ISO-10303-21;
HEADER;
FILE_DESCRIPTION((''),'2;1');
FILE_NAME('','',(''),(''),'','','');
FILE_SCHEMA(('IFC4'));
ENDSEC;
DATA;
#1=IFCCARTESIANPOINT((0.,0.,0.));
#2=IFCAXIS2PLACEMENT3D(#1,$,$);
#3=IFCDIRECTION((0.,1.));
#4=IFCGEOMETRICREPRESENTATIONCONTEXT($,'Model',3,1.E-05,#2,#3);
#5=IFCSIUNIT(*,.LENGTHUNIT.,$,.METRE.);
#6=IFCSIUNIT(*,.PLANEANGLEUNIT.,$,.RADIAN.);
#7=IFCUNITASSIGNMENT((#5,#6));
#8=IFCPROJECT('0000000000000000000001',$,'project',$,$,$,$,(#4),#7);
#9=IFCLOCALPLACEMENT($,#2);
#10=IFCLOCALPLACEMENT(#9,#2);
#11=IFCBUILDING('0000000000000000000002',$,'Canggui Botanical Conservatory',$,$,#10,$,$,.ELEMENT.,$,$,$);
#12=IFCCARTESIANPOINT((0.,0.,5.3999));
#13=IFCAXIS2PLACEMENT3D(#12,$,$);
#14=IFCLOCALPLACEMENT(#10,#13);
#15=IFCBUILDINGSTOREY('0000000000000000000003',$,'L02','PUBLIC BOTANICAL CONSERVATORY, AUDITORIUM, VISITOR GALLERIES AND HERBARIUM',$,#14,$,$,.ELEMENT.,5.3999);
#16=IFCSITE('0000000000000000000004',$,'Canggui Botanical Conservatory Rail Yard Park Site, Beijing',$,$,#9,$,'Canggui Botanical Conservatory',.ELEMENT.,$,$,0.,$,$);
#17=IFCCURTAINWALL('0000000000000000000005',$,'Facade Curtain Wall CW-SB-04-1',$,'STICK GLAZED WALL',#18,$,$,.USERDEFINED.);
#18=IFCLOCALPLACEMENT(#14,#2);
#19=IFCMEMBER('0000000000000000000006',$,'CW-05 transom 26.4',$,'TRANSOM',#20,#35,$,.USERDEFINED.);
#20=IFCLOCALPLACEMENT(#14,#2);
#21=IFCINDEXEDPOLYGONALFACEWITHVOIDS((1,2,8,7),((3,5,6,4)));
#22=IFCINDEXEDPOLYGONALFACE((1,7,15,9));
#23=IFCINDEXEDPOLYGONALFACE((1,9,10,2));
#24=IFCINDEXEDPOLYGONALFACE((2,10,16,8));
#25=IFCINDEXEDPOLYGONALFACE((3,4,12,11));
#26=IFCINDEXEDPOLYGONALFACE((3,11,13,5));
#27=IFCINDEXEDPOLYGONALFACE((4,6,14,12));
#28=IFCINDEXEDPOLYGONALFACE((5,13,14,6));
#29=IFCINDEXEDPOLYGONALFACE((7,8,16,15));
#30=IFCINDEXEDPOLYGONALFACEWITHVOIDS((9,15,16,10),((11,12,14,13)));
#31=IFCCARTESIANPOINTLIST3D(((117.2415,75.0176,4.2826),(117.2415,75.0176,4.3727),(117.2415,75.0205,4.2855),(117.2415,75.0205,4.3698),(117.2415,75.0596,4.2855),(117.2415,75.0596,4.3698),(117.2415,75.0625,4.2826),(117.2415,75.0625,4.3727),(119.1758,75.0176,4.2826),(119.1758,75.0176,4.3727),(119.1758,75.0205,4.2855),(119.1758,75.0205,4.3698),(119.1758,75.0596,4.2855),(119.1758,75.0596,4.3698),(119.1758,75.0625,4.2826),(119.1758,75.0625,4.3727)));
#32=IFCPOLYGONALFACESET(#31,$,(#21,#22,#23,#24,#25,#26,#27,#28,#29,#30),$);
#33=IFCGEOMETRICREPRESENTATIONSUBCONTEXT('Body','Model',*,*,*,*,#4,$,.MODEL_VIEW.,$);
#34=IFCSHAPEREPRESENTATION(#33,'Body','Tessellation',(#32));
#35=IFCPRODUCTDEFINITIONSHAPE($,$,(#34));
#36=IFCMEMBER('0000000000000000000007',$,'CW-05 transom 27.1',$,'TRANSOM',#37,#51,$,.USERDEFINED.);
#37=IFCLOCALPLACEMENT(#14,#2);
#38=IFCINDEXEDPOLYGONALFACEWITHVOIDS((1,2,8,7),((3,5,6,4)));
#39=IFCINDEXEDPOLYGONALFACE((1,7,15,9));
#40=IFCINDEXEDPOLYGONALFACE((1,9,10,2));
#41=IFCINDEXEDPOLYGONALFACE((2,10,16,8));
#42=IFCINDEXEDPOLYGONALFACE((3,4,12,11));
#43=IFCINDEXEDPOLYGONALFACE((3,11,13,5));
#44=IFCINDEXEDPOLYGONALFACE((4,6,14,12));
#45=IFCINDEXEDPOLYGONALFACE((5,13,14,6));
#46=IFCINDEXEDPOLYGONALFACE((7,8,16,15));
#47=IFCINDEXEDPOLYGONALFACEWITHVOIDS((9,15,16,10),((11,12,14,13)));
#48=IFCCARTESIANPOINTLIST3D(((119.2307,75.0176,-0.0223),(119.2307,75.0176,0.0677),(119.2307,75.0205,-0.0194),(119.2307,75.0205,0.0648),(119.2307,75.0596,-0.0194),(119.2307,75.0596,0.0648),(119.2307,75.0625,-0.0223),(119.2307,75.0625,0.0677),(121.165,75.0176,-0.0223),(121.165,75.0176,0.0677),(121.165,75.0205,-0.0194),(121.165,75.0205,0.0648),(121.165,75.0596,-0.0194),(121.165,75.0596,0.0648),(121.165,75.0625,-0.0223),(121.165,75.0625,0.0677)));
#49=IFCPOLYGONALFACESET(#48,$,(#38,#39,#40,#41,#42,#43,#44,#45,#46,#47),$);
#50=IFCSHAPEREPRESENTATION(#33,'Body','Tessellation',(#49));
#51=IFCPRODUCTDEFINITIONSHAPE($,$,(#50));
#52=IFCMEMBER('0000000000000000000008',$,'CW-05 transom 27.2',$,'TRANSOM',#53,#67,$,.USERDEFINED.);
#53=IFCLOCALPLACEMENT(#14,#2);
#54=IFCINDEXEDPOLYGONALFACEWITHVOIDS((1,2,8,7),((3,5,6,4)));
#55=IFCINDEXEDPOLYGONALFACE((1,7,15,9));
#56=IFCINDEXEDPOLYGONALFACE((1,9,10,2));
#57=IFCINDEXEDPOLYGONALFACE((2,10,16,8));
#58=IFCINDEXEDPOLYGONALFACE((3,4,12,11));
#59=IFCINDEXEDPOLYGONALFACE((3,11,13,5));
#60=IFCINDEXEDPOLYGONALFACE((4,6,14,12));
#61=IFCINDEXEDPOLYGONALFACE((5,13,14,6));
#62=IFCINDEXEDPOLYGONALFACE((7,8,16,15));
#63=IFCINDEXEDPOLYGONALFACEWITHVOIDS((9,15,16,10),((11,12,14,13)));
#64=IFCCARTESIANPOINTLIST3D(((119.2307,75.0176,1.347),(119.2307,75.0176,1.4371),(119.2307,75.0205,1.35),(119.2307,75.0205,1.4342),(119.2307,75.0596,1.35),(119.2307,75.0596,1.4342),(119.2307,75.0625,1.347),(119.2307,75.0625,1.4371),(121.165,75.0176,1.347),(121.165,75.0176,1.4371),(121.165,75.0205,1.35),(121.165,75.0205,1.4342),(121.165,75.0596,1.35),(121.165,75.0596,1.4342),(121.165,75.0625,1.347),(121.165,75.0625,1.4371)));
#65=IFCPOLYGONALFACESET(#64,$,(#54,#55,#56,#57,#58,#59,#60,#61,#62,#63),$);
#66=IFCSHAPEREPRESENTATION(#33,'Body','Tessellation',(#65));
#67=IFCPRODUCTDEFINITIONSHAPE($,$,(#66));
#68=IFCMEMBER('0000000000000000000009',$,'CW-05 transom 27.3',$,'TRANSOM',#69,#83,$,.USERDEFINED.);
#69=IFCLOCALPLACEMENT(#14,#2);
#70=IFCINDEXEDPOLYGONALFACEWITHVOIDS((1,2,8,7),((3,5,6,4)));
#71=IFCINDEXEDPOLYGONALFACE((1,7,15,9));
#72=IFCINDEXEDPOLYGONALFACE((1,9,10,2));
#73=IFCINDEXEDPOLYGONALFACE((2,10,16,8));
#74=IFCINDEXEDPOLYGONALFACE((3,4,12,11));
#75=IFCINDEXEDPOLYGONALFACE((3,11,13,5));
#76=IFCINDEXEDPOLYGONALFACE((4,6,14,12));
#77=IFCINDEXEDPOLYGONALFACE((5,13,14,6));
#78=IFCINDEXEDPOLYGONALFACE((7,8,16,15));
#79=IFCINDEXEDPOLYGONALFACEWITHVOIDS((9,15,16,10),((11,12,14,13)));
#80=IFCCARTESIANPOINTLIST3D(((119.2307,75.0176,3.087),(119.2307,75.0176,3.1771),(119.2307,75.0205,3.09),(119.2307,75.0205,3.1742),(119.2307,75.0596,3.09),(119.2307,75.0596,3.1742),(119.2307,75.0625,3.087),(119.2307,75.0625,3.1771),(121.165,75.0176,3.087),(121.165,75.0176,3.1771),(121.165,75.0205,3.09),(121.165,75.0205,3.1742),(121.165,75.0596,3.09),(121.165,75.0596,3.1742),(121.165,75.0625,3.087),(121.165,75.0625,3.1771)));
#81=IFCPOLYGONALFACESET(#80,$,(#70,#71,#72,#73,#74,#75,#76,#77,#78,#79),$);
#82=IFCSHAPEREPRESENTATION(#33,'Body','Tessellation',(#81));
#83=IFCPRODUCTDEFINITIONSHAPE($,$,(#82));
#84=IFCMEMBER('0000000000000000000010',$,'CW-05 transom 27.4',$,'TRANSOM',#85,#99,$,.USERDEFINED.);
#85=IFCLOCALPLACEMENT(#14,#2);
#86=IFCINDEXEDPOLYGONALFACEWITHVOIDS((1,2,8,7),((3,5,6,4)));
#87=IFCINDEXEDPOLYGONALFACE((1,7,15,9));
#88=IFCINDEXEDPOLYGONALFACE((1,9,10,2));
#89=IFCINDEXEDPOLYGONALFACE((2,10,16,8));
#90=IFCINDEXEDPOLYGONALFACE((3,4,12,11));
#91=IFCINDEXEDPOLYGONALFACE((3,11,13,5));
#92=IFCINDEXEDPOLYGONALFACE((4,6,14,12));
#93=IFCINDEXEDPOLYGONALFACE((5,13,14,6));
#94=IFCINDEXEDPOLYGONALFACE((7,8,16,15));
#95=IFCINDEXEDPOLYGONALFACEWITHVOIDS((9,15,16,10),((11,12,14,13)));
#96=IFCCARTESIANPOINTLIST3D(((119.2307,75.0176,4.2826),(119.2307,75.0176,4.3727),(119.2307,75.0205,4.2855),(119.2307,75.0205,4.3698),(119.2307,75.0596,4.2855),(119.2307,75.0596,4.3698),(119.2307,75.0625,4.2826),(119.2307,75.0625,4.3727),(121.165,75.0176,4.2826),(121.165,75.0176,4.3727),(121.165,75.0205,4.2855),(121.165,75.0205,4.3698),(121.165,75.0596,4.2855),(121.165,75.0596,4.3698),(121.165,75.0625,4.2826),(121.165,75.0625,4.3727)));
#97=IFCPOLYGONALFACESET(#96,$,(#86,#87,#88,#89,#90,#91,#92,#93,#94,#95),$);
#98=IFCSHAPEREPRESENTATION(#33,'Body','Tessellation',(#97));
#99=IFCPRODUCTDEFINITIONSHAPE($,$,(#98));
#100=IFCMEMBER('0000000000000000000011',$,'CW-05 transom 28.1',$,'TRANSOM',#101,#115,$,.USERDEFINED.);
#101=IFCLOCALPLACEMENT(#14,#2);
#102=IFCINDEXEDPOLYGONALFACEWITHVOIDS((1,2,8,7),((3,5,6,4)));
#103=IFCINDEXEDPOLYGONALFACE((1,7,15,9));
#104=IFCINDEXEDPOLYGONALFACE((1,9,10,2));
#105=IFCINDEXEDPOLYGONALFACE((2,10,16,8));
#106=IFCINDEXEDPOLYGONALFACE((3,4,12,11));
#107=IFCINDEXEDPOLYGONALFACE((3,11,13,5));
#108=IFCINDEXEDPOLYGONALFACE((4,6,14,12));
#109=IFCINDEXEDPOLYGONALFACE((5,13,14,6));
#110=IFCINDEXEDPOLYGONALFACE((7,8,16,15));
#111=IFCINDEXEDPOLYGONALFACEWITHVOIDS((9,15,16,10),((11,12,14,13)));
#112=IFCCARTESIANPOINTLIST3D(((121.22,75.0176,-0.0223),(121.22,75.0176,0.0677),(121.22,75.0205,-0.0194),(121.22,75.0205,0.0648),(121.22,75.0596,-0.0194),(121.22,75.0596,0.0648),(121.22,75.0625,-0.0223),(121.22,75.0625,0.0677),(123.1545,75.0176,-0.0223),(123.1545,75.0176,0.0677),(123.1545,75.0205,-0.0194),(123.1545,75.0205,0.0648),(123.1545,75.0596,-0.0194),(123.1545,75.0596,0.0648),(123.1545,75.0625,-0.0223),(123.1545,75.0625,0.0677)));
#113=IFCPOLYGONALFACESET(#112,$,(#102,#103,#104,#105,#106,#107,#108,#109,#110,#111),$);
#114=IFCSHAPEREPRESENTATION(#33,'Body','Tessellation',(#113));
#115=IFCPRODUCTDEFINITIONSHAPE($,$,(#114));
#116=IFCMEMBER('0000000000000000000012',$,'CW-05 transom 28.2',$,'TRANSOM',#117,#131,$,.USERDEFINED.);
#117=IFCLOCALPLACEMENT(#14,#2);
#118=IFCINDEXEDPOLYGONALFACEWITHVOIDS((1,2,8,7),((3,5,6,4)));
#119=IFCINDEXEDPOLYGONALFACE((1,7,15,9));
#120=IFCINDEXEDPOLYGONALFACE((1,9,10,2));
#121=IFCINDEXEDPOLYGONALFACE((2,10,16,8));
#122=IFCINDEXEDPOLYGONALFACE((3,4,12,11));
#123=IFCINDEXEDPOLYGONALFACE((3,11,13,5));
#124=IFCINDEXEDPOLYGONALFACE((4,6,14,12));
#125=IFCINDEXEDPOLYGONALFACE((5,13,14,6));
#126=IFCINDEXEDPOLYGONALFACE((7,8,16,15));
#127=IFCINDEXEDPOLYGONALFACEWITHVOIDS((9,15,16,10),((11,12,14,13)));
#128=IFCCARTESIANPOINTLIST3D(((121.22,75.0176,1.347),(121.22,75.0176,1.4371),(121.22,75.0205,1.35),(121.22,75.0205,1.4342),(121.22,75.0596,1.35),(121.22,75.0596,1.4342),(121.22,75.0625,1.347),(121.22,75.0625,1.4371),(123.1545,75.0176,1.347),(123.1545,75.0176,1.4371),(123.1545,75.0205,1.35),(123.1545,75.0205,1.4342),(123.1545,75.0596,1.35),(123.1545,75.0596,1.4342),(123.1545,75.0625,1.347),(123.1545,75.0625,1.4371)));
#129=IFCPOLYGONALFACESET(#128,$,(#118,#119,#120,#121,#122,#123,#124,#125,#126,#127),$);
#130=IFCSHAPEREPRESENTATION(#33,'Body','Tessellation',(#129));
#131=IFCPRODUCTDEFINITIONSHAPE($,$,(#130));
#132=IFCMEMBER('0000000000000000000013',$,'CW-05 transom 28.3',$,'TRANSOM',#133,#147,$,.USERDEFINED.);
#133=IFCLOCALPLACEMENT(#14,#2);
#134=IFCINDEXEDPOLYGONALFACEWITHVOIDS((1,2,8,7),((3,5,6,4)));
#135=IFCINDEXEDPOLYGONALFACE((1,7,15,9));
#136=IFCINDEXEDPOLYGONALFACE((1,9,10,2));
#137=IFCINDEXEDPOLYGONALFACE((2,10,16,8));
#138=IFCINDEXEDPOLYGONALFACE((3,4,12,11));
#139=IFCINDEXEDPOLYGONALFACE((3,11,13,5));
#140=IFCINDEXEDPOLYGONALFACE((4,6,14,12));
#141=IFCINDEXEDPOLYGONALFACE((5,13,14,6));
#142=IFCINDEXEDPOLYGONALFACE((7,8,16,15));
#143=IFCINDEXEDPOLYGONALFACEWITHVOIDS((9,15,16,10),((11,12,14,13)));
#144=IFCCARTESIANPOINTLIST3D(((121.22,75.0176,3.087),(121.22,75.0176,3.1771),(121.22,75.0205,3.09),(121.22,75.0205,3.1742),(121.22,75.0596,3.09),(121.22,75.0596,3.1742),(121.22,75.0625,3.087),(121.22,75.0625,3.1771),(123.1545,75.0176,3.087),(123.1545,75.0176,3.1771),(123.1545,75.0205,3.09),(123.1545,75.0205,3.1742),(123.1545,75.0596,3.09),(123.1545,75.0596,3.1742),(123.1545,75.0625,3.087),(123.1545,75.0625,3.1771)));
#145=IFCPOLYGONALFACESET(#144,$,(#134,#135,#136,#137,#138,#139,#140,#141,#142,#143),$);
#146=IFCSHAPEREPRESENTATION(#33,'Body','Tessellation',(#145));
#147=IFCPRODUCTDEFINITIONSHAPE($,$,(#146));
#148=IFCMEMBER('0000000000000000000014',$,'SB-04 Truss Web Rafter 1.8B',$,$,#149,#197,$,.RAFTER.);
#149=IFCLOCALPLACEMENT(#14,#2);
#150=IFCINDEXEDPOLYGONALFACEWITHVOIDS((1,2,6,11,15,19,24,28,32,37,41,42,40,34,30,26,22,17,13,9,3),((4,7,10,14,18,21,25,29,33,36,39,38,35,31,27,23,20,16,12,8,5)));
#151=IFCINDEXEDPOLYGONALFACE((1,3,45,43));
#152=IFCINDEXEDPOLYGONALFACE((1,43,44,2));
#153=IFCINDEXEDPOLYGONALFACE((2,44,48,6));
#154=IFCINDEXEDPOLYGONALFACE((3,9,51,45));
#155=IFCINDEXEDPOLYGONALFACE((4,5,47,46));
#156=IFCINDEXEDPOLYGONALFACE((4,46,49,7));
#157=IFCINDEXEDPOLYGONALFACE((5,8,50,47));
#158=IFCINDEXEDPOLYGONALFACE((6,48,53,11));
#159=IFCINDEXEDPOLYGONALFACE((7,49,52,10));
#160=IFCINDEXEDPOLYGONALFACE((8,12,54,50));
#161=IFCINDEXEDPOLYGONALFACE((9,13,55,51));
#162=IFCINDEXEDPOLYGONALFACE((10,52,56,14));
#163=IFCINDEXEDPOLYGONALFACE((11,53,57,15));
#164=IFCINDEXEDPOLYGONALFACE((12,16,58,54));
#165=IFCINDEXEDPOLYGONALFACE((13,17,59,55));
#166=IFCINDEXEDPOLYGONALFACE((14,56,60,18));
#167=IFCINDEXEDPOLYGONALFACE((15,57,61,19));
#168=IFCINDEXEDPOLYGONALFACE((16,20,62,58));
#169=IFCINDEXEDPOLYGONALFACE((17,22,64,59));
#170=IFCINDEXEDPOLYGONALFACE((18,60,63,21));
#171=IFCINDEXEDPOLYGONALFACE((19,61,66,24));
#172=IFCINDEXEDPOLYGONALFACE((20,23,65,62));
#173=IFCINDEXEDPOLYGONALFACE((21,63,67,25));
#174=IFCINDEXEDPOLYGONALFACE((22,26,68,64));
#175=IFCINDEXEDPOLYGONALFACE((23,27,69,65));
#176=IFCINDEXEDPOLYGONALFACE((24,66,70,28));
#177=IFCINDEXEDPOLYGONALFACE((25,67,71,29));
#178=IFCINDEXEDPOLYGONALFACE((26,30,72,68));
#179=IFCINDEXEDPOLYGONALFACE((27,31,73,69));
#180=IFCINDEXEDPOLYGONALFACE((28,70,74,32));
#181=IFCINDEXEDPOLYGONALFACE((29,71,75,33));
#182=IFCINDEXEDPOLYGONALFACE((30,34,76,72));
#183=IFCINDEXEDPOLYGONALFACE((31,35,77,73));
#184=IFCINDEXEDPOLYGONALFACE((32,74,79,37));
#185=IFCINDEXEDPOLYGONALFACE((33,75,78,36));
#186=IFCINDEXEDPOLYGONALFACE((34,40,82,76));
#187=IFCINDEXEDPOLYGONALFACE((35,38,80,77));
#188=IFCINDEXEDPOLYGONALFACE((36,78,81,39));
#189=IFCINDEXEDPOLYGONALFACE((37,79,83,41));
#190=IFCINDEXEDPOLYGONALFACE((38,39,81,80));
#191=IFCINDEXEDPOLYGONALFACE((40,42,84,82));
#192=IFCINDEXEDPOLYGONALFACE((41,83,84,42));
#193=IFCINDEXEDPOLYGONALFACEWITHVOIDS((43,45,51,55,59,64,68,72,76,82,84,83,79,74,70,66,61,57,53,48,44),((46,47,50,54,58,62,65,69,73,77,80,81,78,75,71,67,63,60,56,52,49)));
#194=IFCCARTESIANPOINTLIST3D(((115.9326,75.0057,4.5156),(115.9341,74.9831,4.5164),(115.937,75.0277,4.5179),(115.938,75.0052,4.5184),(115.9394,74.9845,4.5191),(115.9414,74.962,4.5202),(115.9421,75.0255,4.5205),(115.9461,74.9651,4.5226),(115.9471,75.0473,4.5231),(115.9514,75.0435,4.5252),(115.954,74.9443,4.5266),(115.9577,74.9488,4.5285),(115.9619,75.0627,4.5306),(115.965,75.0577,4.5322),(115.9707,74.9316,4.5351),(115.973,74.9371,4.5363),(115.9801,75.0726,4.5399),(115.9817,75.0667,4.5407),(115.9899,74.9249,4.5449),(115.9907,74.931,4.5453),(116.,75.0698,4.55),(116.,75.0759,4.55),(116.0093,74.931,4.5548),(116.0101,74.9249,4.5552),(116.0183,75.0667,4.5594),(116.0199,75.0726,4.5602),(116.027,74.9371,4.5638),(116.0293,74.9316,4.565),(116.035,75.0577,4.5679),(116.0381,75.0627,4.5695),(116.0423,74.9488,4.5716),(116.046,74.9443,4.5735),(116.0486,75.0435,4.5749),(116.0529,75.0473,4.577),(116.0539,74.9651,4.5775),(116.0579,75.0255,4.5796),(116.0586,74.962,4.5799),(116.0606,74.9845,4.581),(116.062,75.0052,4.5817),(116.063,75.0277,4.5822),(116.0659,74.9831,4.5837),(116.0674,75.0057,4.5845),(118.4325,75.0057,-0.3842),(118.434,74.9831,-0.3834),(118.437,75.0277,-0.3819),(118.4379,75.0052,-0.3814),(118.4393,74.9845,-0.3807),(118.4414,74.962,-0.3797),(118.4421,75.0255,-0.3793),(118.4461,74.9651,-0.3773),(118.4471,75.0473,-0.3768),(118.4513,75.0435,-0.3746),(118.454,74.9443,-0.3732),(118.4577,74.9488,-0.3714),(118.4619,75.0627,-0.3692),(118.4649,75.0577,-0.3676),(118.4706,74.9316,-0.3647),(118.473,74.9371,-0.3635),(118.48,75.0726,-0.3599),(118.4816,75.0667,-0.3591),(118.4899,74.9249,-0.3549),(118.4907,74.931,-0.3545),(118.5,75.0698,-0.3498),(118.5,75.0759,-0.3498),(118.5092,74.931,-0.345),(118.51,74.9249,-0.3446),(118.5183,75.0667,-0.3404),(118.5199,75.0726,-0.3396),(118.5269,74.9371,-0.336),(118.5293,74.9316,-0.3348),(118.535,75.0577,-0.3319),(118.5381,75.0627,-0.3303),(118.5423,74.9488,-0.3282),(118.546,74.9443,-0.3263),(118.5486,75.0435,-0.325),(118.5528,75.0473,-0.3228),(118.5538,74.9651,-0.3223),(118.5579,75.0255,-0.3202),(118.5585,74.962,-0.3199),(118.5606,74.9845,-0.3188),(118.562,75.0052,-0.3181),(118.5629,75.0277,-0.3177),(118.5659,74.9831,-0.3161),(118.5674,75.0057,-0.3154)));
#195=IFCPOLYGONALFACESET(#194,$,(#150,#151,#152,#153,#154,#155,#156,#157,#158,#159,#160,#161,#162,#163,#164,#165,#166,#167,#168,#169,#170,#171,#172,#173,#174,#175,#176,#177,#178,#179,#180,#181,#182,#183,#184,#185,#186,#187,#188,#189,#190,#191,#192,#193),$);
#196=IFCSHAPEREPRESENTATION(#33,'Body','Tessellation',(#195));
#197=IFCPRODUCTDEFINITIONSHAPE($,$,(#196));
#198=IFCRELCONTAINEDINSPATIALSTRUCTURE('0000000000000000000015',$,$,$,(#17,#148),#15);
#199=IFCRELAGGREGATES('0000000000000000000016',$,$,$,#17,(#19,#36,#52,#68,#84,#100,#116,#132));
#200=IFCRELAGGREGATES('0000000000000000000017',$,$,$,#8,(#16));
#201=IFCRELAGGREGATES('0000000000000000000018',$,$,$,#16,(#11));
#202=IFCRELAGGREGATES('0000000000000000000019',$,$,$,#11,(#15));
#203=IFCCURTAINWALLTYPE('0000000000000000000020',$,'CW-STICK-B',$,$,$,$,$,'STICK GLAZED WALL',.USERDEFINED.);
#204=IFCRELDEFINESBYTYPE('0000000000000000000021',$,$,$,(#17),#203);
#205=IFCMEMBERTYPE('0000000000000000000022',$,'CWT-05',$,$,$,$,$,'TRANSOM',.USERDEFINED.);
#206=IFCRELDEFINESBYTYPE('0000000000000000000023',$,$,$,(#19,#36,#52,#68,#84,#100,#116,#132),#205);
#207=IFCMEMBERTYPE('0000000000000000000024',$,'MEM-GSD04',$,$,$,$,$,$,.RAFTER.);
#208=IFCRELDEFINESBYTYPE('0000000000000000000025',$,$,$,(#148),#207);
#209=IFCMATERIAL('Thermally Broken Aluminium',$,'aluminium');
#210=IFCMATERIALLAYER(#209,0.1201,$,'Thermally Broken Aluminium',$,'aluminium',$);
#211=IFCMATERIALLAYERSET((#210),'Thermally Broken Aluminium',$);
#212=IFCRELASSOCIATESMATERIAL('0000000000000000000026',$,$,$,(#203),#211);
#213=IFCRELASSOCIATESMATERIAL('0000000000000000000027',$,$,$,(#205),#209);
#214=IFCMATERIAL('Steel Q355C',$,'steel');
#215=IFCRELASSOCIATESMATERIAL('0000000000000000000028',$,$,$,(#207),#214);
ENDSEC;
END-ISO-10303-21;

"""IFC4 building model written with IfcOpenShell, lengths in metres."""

from ifc_helpers import new_model, si_unit, direction, frame, origin, origin_2d, place, context, subcontext, project, spatial, hollow_rectangle, hollow_circle, extrude, material, layer, layer_set, material_profile, profile_set, type_object, element, aggregate, save


model = new_model("IFC4")

# Units and contexts
model_context = context("Model", 3, precision=1e-05, world=origin(), true_north=direction((0.0, 1.0)))
body_context = subcontext(model_context, "Body", "Model", "MODEL_VIEW")
ifc_project = project(units=[si_unit("LENGTHUNIT", "METRE"), si_unit("PLANEANGLEUNIT", "RADIAN")], contexts=[model_context])

# Site, building, storey
site_placement = place(None, origin())
site = spatial("IfcSite", under=ifc_project, at=site_placement, Name="Canggui Botanical Conservatory Rail Yard Park Site, Beijing", LongName="Canggui Botanical Conservatory", CompositionType="ELEMENT", RefElevation=0.0)
building_placement = place(site_placement, origin())
building = spatial("IfcBuilding", under=site, at=building_placement, Name="Canggui Botanical Conservatory", CompositionType="ELEMENT")
storey_placement = place(building_placement, frame((0.0, 0.0, 5.3999)))
storey = spatial("IfcBuildingStorey", under=building, at=storey_placement, Name="L02", Description="PUBLIC BOTANICAL CONSERVATORY, AUDITORIUM, VISITOR GALLERIES AND HERBARIUM", CompositionType="ELEMENT", Elevation=5.3999)

# Curtain wall, members
ifc_material_1 = material(Name="Thermally Broken Aluminium", Category="aluminium")
ifc_layer_1 = layer(ifc_material_1, 0.1201, Name="Thermally Broken Aluminium", Category="aluminium")
ifc_layer_set_1 = layer_set([ifc_layer_1], Name="Thermally Broken Aluminium")
curtain_wall_type = type_object("IfcCurtainWallType", Name="CW-STICK-B", ElementType="STICK GLAZED WALL", PredefinedType="USERDEFINED", material=ifc_layer_set_1)
curtain_wall_placement = place(storey_placement, origin())
curtain_wall = element("IfcCurtainWall", 1, at=curtain_wall_placement, inside=storey, type_object=curtain_wall_type, Name="Facade Curtain Wall CW-SB-04-1", ObjectType="STICK GLAZED WALL", PredefinedType="USERDEFINED")
ifc_material_profile_1 = material_profile(ifc_material_1, hollow_rectangle(XDim=0.0449, YDim=0.0901, WallThickness=0.0029, at=origin_2d()), Name="CWT 45x90x3")
ifc_profile_set_1 = profile_set([ifc_material_profile_1], Name="Thermally Broken Aluminium")
member_type_1 = type_object("IfcMemberType", Name="CWT-05", ElementType="TRANSOM", PredefinedType="USERDEFINED", material=ifc_profile_set_1)
member_1_placement = place(storey_placement, frame((117.2415, 75.04, 4.3276), z_axis=(1.0, 0.0, 0.0), x_axis=(0.0, 1.0, 0.0)))
member_1 = element("IfcMember", 2, at=member_1_placement, type_object=member_type_1, Name="CW-05 transom 26.4", ObjectType="TRANSOM", PredefinedType="USERDEFINED", context=body_context, shape_type="SweptSolid", body=[
    extrude(hollow_rectangle(XDim=0.0449, YDim=0.0901, WallThickness=0.0029, at=origin_2d()), origin(), (0.0, 0.0, 1.0), 1.9343),
])
member_2_placement = place(storey_placement, frame((119.2307, 75.04, 0.0227), z_axis=(1.0, 0.0, 0.0), x_axis=(0.0, 1.0, 0.0)))
member_2 = element("IfcMember", 3, at=member_2_placement, type_object=member_type_1, Name="CW-05 transom 27.1", ObjectType="TRANSOM", PredefinedType="USERDEFINED", context=body_context, shape_type="SweptSolid", body=[
    extrude(hollow_rectangle(XDim=0.0449, YDim=0.0901, WallThickness=0.0029, at=origin_2d()), origin(), (0.0, 0.0, 1.0), 1.9343),
])
member_3_placement = place(storey_placement, frame((119.2307, 75.04, 1.3921), z_axis=(1.0, 0.0, 0.0), x_axis=(0.0, 1.0, 0.0)))
member_3 = element("IfcMember", 4, at=member_3_placement, type_object=member_type_1, Name="CW-05 transom 27.2", ObjectType="TRANSOM", PredefinedType="USERDEFINED", context=body_context, shape_type="SweptSolid", body=[
    extrude(hollow_rectangle(XDim=0.0449, YDim=0.0901, WallThickness=0.0029, at=origin_2d()), origin(), (0.0, 0.0, 1.0), 1.9343),
])
member_4_placement = place(storey_placement, frame((119.2307, 75.04, 3.1321), z_axis=(1.0, 0.0, 0.0), x_axis=(0.0, 1.0, 0.0)))
member_4 = element("IfcMember", 5, at=member_4_placement, type_object=member_type_1, Name="CW-05 transom 27.3", ObjectType="TRANSOM", PredefinedType="USERDEFINED", context=body_context, shape_type="SweptSolid", body=[
    extrude(hollow_rectangle(XDim=0.0449, YDim=0.0901, WallThickness=0.0029, at=origin_2d()), origin(), (0.0, 0.0, 1.0), 1.9343),
])
member_5_placement = place(storey_placement, frame((119.2307, 75.04, 4.3276), z_axis=(1.0, 0.0, 0.0), x_axis=(0.0, 1.0, 0.0)))
member_5 = element("IfcMember", 6, at=member_5_placement, type_object=member_type_1, Name="CW-05 transom 27.4", ObjectType="TRANSOM", PredefinedType="USERDEFINED", context=body_context, shape_type="SweptSolid", body=[
    extrude(hollow_rectangle(XDim=0.0449, YDim=0.0901, WallThickness=0.0029, at=origin_2d()), origin(), (0.0, 0.0, 1.0), 1.9343),
])
member_6_placement = place(storey_placement, frame((121.22, 75.04, 0.0227), z_axis=(1.0, 0.0, 0.0), x_axis=(0.0, 1.0, 0.0)))
member_6 = element("IfcMember", 7, at=member_6_placement, type_object=member_type_1, Name="CW-05 transom 28.1", ObjectType="TRANSOM", PredefinedType="USERDEFINED", context=body_context, shape_type="SweptSolid", body=[
    extrude(hollow_rectangle(XDim=0.0449, YDim=0.0901, WallThickness=0.0029, at=origin_2d()), origin(), (0.0, 0.0, 1.0), 1.9346),
])
member_7_placement = place(storey_placement, frame((121.22, 75.04, 1.3921), z_axis=(1.0, 0.0, 0.0), x_axis=(0.0, 1.0, 0.0)))
member_7 = element("IfcMember", 8, at=member_7_placement, type_object=member_type_1, Name="CW-05 transom 28.2", ObjectType="TRANSOM", PredefinedType="USERDEFINED", context=body_context, shape_type="SweptSolid", body=[
    extrude(hollow_rectangle(XDim=0.0449, YDim=0.0901, WallThickness=0.0029, at=origin_2d()), origin(), (0.0, 0.0, 1.0), 1.9346),
])
member_8_placement = place(storey_placement, frame((121.22, 75.04, 3.1321), z_axis=(1.0, 0.0, 0.0), x_axis=(0.0, 1.0, 0.0)))
member_8 = element("IfcMember", 9, at=member_8_placement, type_object=member_type_1, Name="CW-05 transom 28.3", ObjectType="TRANSOM", PredefinedType="USERDEFINED", context=body_context, shape_type="SweptSolid", body=[
    extrude(hollow_rectangle(XDim=0.0449, YDim=0.0901, WallThickness=0.0029, at=origin_2d()), origin(), (0.0, 0.0, 1.0), 1.9346),
])

# Member
ifc_material_2 = material(Name="Steel Q355C", Category="steel")
ifc_material_profile_2 = material_profile(ifc_material_2, hollow_circle(Radius=0.0759, WallThickness=0.0061, at=origin_2d()), Name="CHS 152x6")
ifc_profile_set_2 = profile_set([ifc_material_profile_2], Name="Steel Q355C")
member_type_2 = type_object("IfcMemberType", Name="MEM-GSD04", PredefinedType="RAFTER", material=ifc_profile_set_2)
member_9_placement = place(storey_placement, frame((116.0, 75.0, 4.55), z_axis=(0.454478, 0.0, -0.890758), x_axis=(0.0, 1.0, 0.0)))
element("IfcMember", 10, at=member_9_placement, inside=storey, type_object=member_type_2, Name="SB-04 Truss Web Rafter 1.8B", PredefinedType="RAFTER", context=body_context, shape_type="SweptSolid", body=[
    extrude(hollow_circle(Radius=0.0759, WallThickness=0.0061, at=origin_2d()), origin(), (0.0, 0.0, 1.0), 5.5007),
])

aggregate(curtain_wall, [member_1, member_2, member_3, member_4, member_5, member_6, member_7, member_8])

save(model, "model.ifc")
